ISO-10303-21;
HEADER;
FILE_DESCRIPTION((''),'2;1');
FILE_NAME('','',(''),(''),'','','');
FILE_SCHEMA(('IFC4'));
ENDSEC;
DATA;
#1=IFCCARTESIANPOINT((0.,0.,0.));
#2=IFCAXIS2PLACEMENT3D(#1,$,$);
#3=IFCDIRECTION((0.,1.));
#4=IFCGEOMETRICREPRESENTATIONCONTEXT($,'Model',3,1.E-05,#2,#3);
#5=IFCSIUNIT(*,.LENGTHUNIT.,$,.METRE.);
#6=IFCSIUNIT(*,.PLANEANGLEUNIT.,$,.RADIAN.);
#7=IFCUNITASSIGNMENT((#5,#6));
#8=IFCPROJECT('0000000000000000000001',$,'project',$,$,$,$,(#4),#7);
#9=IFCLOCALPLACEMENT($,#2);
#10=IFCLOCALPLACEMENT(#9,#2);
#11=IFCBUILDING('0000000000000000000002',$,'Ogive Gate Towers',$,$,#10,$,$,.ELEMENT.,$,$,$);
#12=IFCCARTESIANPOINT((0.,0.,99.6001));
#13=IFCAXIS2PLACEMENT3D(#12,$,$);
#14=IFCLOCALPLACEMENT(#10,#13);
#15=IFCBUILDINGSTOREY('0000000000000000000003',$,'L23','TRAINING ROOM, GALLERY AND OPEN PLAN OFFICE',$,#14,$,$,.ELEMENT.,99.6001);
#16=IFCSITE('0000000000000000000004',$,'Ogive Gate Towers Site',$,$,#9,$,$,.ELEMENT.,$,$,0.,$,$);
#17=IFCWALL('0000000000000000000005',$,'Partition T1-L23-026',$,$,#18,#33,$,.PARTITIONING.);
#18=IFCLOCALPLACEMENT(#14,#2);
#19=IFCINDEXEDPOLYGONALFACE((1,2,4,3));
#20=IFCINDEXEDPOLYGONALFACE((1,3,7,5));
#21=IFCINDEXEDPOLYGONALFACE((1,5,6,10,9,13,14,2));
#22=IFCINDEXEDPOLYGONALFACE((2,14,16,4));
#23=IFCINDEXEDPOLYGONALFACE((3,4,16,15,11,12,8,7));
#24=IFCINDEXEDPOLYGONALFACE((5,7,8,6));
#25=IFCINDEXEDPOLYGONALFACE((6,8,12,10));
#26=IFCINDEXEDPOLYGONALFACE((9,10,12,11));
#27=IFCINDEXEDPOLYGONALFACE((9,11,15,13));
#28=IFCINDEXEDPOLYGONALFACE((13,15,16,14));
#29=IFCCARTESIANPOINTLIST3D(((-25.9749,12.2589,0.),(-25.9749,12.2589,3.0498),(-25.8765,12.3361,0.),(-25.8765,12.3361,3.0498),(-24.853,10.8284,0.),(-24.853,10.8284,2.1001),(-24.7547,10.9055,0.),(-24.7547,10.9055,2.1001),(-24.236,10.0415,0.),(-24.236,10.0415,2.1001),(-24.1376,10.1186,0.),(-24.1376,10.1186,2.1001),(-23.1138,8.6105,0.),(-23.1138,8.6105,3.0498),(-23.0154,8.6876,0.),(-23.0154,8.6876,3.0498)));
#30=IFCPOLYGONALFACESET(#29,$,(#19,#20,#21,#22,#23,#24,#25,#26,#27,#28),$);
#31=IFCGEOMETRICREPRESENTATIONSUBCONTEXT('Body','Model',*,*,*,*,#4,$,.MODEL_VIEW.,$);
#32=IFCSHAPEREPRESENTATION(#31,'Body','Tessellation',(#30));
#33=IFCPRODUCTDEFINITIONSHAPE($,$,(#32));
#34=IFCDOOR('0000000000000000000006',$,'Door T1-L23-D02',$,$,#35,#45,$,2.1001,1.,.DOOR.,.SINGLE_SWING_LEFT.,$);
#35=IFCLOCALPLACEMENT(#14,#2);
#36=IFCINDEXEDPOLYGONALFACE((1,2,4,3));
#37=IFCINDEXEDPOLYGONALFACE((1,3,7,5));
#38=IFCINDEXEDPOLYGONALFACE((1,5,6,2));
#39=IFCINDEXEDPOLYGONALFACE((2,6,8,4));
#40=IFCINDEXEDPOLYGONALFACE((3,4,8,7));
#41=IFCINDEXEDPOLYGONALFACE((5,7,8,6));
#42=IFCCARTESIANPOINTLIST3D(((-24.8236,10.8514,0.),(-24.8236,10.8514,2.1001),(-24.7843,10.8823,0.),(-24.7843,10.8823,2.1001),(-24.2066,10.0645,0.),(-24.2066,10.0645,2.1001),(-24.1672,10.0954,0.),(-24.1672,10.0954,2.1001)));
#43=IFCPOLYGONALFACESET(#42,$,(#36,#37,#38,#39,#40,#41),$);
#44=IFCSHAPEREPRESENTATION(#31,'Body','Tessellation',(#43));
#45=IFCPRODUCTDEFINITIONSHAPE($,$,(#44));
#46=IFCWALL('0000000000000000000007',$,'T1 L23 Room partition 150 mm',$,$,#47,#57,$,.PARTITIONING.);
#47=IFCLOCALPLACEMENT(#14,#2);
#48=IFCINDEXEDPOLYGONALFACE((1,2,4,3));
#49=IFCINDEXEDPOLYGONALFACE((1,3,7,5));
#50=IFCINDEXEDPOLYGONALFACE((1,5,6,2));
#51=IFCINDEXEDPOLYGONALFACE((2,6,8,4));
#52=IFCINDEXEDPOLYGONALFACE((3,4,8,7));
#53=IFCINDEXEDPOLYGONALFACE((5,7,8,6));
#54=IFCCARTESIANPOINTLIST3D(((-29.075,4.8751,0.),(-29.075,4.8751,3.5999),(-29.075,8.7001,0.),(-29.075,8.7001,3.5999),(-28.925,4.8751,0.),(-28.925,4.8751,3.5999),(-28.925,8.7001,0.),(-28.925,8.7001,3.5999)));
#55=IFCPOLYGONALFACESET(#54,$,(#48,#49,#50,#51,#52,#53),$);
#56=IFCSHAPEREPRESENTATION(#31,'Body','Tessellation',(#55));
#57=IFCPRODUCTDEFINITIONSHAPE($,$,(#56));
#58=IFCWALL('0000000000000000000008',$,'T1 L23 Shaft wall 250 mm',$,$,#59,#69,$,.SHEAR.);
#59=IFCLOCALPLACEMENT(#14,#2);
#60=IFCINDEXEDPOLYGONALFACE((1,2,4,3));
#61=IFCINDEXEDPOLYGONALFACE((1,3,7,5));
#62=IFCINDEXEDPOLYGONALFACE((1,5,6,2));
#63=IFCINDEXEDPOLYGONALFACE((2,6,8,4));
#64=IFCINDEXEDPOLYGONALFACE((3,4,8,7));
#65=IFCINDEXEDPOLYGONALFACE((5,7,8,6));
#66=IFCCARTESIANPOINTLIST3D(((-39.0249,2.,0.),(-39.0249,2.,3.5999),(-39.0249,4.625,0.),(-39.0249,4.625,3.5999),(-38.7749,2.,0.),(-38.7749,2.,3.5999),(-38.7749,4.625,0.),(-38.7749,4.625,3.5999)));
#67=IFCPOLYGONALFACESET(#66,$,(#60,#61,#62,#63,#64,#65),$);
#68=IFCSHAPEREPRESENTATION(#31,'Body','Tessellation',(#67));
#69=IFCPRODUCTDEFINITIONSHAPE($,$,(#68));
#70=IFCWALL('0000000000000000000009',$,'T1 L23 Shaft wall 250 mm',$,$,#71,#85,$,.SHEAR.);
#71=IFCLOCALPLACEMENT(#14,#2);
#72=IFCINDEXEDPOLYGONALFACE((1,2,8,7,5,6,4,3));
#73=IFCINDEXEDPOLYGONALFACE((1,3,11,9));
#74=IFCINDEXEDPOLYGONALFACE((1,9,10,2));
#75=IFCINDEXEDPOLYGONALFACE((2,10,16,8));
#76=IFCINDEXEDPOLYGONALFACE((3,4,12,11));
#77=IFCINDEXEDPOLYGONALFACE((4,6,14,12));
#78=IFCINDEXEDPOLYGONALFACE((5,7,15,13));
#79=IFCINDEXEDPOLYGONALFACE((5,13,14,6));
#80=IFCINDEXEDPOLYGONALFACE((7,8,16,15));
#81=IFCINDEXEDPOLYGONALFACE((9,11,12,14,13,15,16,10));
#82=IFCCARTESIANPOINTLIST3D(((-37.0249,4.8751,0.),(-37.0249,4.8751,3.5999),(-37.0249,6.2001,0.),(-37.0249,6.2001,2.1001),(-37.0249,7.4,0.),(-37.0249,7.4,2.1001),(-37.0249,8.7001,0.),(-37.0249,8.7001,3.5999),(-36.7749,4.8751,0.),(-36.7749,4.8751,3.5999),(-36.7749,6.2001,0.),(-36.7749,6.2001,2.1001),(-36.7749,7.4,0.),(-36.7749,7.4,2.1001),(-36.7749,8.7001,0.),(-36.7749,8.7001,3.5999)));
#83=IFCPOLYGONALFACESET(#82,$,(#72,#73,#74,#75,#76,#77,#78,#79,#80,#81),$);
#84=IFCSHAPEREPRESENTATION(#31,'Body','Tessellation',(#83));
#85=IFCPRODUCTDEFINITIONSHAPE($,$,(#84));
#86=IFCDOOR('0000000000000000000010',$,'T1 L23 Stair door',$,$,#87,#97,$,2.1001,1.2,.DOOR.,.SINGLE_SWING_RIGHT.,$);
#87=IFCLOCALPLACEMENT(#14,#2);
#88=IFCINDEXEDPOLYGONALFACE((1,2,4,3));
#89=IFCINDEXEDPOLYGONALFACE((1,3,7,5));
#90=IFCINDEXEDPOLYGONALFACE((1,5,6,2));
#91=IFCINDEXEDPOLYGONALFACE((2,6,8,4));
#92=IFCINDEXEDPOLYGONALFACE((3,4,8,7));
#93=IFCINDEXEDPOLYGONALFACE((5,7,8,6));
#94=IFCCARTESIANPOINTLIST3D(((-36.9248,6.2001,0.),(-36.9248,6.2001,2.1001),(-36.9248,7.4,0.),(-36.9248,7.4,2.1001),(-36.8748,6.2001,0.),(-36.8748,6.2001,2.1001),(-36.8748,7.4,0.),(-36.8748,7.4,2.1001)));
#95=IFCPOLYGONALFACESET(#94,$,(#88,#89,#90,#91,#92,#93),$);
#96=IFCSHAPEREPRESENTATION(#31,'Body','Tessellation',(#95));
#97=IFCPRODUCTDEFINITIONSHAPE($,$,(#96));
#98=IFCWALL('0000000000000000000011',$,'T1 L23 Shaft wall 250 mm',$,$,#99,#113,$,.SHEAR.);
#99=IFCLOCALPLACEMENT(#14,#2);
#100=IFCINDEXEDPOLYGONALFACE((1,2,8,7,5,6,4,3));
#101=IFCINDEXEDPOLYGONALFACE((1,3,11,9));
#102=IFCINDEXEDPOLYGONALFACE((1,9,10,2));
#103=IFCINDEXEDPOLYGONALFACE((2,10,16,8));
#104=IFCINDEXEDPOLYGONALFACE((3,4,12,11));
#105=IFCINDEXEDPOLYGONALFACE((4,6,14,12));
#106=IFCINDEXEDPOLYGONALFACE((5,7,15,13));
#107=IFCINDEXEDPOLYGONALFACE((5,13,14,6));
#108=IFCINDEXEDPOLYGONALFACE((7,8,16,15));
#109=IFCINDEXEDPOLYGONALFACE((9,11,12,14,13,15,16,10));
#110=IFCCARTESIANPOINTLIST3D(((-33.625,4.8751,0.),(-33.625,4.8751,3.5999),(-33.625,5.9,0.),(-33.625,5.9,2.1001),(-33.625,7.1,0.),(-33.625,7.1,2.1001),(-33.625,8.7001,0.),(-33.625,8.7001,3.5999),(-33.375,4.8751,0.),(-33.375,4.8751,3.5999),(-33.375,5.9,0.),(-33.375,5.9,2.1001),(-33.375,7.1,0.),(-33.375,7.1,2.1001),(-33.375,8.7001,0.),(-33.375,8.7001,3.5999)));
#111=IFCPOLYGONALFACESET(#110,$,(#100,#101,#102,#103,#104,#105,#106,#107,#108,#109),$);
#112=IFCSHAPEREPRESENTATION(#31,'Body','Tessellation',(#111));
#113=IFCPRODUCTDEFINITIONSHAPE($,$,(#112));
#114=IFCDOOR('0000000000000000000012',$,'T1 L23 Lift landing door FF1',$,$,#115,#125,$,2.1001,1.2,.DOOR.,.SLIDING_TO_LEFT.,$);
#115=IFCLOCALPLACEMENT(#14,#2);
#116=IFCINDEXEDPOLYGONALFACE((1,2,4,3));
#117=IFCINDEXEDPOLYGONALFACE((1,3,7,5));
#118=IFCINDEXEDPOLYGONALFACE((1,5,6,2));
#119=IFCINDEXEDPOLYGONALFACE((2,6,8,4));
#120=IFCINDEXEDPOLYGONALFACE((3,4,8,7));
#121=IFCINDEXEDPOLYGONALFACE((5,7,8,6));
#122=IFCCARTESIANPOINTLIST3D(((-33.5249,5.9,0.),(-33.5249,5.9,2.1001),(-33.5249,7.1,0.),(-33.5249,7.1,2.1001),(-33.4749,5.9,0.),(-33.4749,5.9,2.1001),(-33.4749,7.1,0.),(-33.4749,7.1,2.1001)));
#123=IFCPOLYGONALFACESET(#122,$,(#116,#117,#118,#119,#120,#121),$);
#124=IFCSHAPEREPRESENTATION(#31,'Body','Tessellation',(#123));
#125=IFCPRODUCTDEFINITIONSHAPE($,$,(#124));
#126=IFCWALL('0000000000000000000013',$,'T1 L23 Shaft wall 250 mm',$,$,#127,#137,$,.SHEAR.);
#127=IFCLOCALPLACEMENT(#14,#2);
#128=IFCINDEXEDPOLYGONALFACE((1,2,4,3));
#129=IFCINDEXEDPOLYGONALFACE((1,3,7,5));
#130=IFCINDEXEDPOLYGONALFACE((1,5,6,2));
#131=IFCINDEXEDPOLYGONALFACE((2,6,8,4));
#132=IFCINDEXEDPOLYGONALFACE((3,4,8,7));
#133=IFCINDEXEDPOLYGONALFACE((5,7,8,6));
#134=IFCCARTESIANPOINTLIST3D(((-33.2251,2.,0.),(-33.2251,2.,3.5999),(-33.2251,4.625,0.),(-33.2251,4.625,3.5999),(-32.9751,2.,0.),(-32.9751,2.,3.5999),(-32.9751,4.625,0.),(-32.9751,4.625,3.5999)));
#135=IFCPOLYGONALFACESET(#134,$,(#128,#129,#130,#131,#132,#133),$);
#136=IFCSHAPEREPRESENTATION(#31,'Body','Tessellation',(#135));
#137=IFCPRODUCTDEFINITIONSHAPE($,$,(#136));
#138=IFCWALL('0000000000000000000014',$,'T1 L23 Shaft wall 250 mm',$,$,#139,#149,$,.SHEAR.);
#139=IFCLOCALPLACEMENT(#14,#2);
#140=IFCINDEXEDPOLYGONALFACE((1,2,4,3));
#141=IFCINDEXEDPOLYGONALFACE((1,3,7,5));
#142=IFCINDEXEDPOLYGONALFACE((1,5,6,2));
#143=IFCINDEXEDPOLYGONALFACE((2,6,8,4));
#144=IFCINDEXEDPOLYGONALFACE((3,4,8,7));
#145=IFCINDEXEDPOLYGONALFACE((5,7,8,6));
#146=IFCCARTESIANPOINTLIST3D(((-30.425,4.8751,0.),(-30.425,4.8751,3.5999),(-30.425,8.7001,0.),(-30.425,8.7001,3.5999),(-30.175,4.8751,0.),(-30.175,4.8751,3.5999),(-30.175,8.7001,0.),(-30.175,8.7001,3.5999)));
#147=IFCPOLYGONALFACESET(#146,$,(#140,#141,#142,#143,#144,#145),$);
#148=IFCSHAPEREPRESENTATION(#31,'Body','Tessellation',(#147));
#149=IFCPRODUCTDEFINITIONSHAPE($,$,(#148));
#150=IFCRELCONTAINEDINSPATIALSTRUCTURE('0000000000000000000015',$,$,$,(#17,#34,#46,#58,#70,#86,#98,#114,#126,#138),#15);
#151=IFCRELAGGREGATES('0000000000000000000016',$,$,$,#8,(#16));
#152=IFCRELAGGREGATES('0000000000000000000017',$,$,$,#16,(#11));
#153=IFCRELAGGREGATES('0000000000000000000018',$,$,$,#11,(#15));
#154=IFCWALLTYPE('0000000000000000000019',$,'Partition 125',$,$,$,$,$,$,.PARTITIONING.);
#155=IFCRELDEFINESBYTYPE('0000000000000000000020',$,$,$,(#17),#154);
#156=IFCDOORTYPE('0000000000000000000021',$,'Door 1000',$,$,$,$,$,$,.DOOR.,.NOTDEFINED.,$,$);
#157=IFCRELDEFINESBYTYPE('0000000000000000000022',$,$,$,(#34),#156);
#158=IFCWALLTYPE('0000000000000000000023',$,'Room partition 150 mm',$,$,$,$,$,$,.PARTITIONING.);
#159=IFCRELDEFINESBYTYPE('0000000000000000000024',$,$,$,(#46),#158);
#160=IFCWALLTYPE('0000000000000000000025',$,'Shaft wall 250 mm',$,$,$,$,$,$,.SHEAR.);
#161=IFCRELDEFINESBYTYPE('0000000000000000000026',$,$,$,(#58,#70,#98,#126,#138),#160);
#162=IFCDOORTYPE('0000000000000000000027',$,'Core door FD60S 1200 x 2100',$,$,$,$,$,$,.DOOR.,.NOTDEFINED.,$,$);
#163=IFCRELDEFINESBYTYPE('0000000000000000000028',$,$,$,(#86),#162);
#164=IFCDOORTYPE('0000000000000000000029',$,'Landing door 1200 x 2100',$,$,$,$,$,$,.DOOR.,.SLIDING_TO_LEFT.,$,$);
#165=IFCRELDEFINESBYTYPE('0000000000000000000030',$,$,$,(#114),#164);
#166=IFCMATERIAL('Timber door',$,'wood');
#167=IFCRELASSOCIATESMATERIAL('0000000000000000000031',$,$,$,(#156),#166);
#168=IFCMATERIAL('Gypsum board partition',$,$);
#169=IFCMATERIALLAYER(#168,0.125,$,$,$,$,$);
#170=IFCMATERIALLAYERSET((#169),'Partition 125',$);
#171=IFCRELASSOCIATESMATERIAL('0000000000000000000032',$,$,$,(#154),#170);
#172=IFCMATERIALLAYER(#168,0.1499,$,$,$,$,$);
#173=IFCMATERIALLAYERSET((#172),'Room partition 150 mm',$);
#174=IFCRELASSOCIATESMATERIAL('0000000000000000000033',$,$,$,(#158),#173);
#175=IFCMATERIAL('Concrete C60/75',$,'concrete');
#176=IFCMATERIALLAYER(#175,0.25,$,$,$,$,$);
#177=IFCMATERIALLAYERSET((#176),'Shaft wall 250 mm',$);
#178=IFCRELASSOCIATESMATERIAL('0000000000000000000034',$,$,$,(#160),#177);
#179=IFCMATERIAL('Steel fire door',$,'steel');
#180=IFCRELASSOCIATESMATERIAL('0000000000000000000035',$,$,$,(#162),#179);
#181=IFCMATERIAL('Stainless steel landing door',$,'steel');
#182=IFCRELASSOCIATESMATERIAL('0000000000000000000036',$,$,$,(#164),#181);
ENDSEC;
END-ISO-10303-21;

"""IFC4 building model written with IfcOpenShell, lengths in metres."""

from ifc_helpers import new_model, si_unit, direction, frame, frame_2d, origin, place, context, subcontext, project, spatial, rectangle, extrude, material, layer, layer_set, type_object, element, fill, save


model = new_model("IFC4")

# Units and contexts
model_context = context("Model", 3, precision=1e-05, world=origin(), true_north=direction((0.0, 1.0)))
body_context = subcontext(model_context, "Body", "Model", "MODEL_VIEW")
ifc_project = project(units=[si_unit("LENGTHUNIT", "METRE"), si_unit("PLANEANGLEUNIT", "RADIAN")], contexts=[model_context])

# Site, building, storey
site_placement = place(None, origin())
site = spatial("IfcSite", under=ifc_project, at=site_placement, Name="Ogive Gate Towers Site", CompositionType="ELEMENT", RefElevation=0.0)
building_placement = place(site_placement, origin())
building = spatial("IfcBuilding", under=site, at=building_placement, Name="Ogive Gate Towers", CompositionType="ELEMENT")
storey_placement = place(building_placement, frame((0.0, 0.0, 99.6001)))
storey = spatial("IfcBuildingStorey", under=building, at=storey_placement, Name="L23", Description="TRAINING ROOM, GALLERY AND OPEN PLAN OFFICE", CompositionType="ELEMENT", Elevation=99.6001)

# Wall, opening, door
ifc_material_1 = material(Name="Timber door", Category="wood")
door_type_1 = type_object("IfcDoorType", Name="Door 1000", OperationType="NOTDEFINED", PredefinedType="DOOR", material=ifc_material_1)
ifc_material_2 = material(Name="Gypsum board partition")
ifc_layer_1 = layer(ifc_material_2, 0.125)
ifc_layer_set_1 = layer_set([ifc_layer_1], Name="Partition 125")
wall_type_1 = type_object("IfcWallType", Name="Partition 125", PredefinedType="PARTITIONING", material=ifc_layer_set_1)
wall_1_placement = place(storey_placement, frame((-25.9258, 12.2976, 0.0), z_axis=(0.0, 0.0, 1.0), x_axis=(0.617082, -0.786899, 0.0)))
wall_1 = element("IfcWall", 1, at=wall_1_placement, inside=storey, type_object=wall_type_1, Name="Partition T1-L23-026", PredefinedType="PARTITIONING", context=body_context, shape_type="SweptSolid", body=[
    extrude(rectangle(XDim=4.6365, YDim=0.125, at=frame_2d((2.3184, 0.0))), origin(), (0.0, 0.0, 1.0), 3.0498),
])
opening_1_placement = place(wall_1_placement, frame((1.8181, 0.0, 0.0)))
opening_1 = element("IfcOpeningElement", 2, at=opening_1_placement, cuts=wall_1, PredefinedType="OPENING", context=body_context, shape_type="SweptSolid", body=[
    extrude(rectangle(XDim=1.0, YDim=2.1001, at=frame_2d((0.5, 1.05))), frame((0.0, 0.0725, 0.0), z_axis=(0.0, -1.0, 0.0), x_axis=(1.0, 0.0, 0.0)), (0.0, 0.0, 1.0), 0.145),
])
door_1_placement = place(opening_1_placement, origin())
door_1 = element("IfcDoor", 3, at=door_1_placement, inside=storey, type_object=door_type_1, Name="Door T1-L23-D02", OperationType="SINGLE_SWING_LEFT", OverallHeight=2.1001, OverallWidth=1.0, PredefinedType="DOOR", context=body_context, shape_type="SweptSolid", body=[
    extrude(rectangle(XDim=1.0, YDim=2.1001, at=frame_2d((0.5, 1.05))), frame((0.0, 0.0249, 0.0), z_axis=(0.0, -1.0, 0.0), x_axis=(1.0, 0.0, 0.0)), (0.0, 0.0, 1.0), 0.05),
])
fill(opening_1, door_1)

# Walls
ifc_layer_2 = layer(ifc_material_2, 0.1499)
ifc_layer_set_2 = layer_set([ifc_layer_2], Name="Room partition 150 mm")
wall_type_2 = type_object("IfcWallType", Name="Room partition 150 mm", PredefinedType="PARTITIONING", material=ifc_layer_set_2)
wall_2_placement = place(storey_placement, frame((-29.0, 4.875, 0.0), z_axis=(0.0, 0.0, 1.0), x_axis=(0.0, 1.0, 0.0)))
element("IfcWall", 4, at=wall_2_placement, inside=storey, type_object=wall_type_2, Name="T1 L23 Room partition 150 mm", PredefinedType="PARTITIONING", context=body_context, shape_type="SweptSolid", body=[
    extrude(rectangle(XDim=3.825, YDim=0.1499, at=frame_2d((1.9126, 0.0))), origin(), (0.0, 0.0, 1.0), 3.5999),
])
ifc_material_3 = material(Name="Concrete C60/75", Category="concrete")
ifc_layer_3 = layer(ifc_material_3, 0.25)
ifc_layer_set_3 = layer_set([ifc_layer_3], Name="Shaft wall 250 mm")
wall_type_3 = type_object("IfcWallType", Name="Shaft wall 250 mm", PredefinedType="SHEAR", material=ifc_layer_set_3)
wall_3_placement = place(storey_placement, frame((-38.8999, 2.0, 0.0), z_axis=(0.0, 0.0, 1.0), x_axis=(0.0, 1.0, 0.0)))
element("IfcWall", 5, at=wall_3_placement, inside=storey, type_object=wall_type_3, Name="T1 L23 Shaft wall 250 mm", PredefinedType="SHEAR", context=body_context, shape_type="SweptSolid", body=[
    extrude(rectangle(XDim=2.625, YDim=0.25, at=frame_2d((1.3125, 0.0))), origin(), (0.0, 0.0, 1.0), 3.5999),
])

# Walls, openings, doors
wall_4_placement = place(storey_placement, frame((-36.8999, 4.875, 0.0), z_axis=(0.0, 0.0, 1.0), x_axis=(0.0, 1.0, 0.0)))
wall_4 = element("IfcWall", 6, at=wall_4_placement, inside=storey, type_object=wall_type_3, Name="T1 L23 Shaft wall 250 mm", PredefinedType="SHEAR", context=body_context, shape_type="SweptSolid", body=[
    extrude(rectangle(XDim=3.825, YDim=0.25, at=frame_2d((1.9126, 0.0))), origin(), (0.0, 0.0, 1.0), 3.5999),
])
opening_2_placement = place(wall_4_placement, frame((1.325, 0.0, 0.0)))
opening_2 = element("IfcOpeningElement", 7, at=opening_2_placement, cuts=wall_4, PredefinedType="OPENING", context=body_context, shape_type="SweptSolid", body=[
    extrude(rectangle(XDim=1.2, YDim=2.1001, at=frame_2d((0.6001, 1.05))), frame((0.0, 0.135, 0.0), z_axis=(0.0, -1.0, 0.0), x_axis=(1.0, 0.0, 0.0)), (0.0, 0.0, 1.0), 0.27),
])
ifc_material_4 = material(Name="Steel fire door", Category="steel")
door_type_2 = type_object("IfcDoorType", Name="Core door FD60S 1200 x 2100", OperationType="NOTDEFINED", PredefinedType="DOOR", material=ifc_material_4)
door_2_placement = place(opening_2_placement, origin())
door_2 = element("IfcDoor", 8, at=door_2_placement, inside=storey, type_object=door_type_2, Name="T1 L23 Stair door", OperationType="SINGLE_SWING_RIGHT", OverallHeight=2.1001, OverallWidth=1.2, PredefinedType="DOOR", context=body_context, shape_type="SweptSolid", body=[
    extrude(rectangle(XDim=1.2, YDim=2.1001, at=frame_2d((0.6001, 1.05))), frame((0.0, 0.0249, 0.0), z_axis=(0.0, -1.0, 0.0), x_axis=(1.0, 0.0, 0.0)), (0.0, 0.0, 1.0), 0.05),
])
fill(opening_2, door_2)
wall_5_placement = place(storey_placement, frame((-33.5, 4.875, 0.0), z_axis=(0.0, 0.0, 1.0), x_axis=(0.0, 1.0, 0.0)))
wall_5 = element("IfcWall", 9, at=wall_5_placement, inside=storey, type_object=wall_type_3, Name="T1 L23 Shaft wall 250 mm", PredefinedType="SHEAR", context=body_context, shape_type="SweptSolid", body=[
    extrude(rectangle(XDim=3.825, YDim=0.25, at=frame_2d((1.9126, 0.0))), origin(), (0.0, 0.0, 1.0), 3.5999),
])
opening_3_placement = place(wall_5_placement, frame((1.0249, 0.0, 0.0)))
opening_3 = element("IfcOpeningElement", 10, at=opening_3_placement, cuts=wall_5, PredefinedType="OPENING", context=body_context, shape_type="SweptSolid", body=[
    extrude(rectangle(XDim=1.2, YDim=2.1001, at=frame_2d((0.6001, 1.05))), frame((0.0, 0.135, 0.0), z_axis=(0.0, -1.0, 0.0), x_axis=(1.0, 0.0, 0.0)), (0.0, 0.0, 1.0), 0.27),
])
ifc_material_5 = material(Name="Stainless steel landing door", Category="steel")
door_type_3 = type_object("IfcDoorType", Name="Landing door 1200 x 2100", OperationType="SLIDING_TO_LEFT", PredefinedType="DOOR", material=ifc_material_5)
door_3_placement = place(opening_3_placement, origin())
door_3 = element("IfcDoor", 11, at=door_3_placement, inside=storey, type_object=door_type_3, Name="T1 L23 Lift landing door FF1", OperationType="SLIDING_TO_LEFT", OverallHeight=2.1001, OverallWidth=1.2, PredefinedType="DOOR", context=body_context, shape_type="SweptSolid", body=[
    extrude(rectangle(XDim=1.2, YDim=2.1001, at=frame_2d((0.6001, 1.05))), frame((0.0, 0.0249, 0.0), z_axis=(0.0, -1.0, 0.0), x_axis=(1.0, 0.0, 0.0)), (0.0, 0.0, 1.0), 0.05),
])
fill(opening_3, door_3)

# Walls
wall_6_placement = place(storey_placement, frame((-33.1001, 2.0, 0.0), z_axis=(0.0, 0.0, 1.0), x_axis=(0.0, 1.0, 0.0)))
element("IfcWall", 12, at=wall_6_placement, inside=storey, type_object=wall_type_3, Name="T1 L23 Shaft wall 250 mm", PredefinedType="SHEAR", context=body_context, shape_type="SweptSolid", body=[
    extrude(rectangle(XDim=2.625, YDim=0.25, at=frame_2d((1.3125, 0.0))), origin(), (0.0, 0.0, 1.0), 3.5999),
])
wall_7_placement = place(storey_placement, frame((-30.3, 4.875, 0.0), z_axis=(0.0, 0.0, 1.0), x_axis=(0.0, 1.0, 0.0)))
element("IfcWall", 13, at=wall_7_placement, inside=storey, type_object=wall_type_3, Name="T1 L23 Shaft wall 250 mm", PredefinedType="SHEAR", context=body_context, shape_type="SweptSolid", body=[
    extrude(rectangle(XDim=3.825, YDim=0.25, at=frame_2d((1.9126, 0.0))), origin(), (0.0, 0.0, 1.0), 3.5999),
])

save(model, "model.ifc")
